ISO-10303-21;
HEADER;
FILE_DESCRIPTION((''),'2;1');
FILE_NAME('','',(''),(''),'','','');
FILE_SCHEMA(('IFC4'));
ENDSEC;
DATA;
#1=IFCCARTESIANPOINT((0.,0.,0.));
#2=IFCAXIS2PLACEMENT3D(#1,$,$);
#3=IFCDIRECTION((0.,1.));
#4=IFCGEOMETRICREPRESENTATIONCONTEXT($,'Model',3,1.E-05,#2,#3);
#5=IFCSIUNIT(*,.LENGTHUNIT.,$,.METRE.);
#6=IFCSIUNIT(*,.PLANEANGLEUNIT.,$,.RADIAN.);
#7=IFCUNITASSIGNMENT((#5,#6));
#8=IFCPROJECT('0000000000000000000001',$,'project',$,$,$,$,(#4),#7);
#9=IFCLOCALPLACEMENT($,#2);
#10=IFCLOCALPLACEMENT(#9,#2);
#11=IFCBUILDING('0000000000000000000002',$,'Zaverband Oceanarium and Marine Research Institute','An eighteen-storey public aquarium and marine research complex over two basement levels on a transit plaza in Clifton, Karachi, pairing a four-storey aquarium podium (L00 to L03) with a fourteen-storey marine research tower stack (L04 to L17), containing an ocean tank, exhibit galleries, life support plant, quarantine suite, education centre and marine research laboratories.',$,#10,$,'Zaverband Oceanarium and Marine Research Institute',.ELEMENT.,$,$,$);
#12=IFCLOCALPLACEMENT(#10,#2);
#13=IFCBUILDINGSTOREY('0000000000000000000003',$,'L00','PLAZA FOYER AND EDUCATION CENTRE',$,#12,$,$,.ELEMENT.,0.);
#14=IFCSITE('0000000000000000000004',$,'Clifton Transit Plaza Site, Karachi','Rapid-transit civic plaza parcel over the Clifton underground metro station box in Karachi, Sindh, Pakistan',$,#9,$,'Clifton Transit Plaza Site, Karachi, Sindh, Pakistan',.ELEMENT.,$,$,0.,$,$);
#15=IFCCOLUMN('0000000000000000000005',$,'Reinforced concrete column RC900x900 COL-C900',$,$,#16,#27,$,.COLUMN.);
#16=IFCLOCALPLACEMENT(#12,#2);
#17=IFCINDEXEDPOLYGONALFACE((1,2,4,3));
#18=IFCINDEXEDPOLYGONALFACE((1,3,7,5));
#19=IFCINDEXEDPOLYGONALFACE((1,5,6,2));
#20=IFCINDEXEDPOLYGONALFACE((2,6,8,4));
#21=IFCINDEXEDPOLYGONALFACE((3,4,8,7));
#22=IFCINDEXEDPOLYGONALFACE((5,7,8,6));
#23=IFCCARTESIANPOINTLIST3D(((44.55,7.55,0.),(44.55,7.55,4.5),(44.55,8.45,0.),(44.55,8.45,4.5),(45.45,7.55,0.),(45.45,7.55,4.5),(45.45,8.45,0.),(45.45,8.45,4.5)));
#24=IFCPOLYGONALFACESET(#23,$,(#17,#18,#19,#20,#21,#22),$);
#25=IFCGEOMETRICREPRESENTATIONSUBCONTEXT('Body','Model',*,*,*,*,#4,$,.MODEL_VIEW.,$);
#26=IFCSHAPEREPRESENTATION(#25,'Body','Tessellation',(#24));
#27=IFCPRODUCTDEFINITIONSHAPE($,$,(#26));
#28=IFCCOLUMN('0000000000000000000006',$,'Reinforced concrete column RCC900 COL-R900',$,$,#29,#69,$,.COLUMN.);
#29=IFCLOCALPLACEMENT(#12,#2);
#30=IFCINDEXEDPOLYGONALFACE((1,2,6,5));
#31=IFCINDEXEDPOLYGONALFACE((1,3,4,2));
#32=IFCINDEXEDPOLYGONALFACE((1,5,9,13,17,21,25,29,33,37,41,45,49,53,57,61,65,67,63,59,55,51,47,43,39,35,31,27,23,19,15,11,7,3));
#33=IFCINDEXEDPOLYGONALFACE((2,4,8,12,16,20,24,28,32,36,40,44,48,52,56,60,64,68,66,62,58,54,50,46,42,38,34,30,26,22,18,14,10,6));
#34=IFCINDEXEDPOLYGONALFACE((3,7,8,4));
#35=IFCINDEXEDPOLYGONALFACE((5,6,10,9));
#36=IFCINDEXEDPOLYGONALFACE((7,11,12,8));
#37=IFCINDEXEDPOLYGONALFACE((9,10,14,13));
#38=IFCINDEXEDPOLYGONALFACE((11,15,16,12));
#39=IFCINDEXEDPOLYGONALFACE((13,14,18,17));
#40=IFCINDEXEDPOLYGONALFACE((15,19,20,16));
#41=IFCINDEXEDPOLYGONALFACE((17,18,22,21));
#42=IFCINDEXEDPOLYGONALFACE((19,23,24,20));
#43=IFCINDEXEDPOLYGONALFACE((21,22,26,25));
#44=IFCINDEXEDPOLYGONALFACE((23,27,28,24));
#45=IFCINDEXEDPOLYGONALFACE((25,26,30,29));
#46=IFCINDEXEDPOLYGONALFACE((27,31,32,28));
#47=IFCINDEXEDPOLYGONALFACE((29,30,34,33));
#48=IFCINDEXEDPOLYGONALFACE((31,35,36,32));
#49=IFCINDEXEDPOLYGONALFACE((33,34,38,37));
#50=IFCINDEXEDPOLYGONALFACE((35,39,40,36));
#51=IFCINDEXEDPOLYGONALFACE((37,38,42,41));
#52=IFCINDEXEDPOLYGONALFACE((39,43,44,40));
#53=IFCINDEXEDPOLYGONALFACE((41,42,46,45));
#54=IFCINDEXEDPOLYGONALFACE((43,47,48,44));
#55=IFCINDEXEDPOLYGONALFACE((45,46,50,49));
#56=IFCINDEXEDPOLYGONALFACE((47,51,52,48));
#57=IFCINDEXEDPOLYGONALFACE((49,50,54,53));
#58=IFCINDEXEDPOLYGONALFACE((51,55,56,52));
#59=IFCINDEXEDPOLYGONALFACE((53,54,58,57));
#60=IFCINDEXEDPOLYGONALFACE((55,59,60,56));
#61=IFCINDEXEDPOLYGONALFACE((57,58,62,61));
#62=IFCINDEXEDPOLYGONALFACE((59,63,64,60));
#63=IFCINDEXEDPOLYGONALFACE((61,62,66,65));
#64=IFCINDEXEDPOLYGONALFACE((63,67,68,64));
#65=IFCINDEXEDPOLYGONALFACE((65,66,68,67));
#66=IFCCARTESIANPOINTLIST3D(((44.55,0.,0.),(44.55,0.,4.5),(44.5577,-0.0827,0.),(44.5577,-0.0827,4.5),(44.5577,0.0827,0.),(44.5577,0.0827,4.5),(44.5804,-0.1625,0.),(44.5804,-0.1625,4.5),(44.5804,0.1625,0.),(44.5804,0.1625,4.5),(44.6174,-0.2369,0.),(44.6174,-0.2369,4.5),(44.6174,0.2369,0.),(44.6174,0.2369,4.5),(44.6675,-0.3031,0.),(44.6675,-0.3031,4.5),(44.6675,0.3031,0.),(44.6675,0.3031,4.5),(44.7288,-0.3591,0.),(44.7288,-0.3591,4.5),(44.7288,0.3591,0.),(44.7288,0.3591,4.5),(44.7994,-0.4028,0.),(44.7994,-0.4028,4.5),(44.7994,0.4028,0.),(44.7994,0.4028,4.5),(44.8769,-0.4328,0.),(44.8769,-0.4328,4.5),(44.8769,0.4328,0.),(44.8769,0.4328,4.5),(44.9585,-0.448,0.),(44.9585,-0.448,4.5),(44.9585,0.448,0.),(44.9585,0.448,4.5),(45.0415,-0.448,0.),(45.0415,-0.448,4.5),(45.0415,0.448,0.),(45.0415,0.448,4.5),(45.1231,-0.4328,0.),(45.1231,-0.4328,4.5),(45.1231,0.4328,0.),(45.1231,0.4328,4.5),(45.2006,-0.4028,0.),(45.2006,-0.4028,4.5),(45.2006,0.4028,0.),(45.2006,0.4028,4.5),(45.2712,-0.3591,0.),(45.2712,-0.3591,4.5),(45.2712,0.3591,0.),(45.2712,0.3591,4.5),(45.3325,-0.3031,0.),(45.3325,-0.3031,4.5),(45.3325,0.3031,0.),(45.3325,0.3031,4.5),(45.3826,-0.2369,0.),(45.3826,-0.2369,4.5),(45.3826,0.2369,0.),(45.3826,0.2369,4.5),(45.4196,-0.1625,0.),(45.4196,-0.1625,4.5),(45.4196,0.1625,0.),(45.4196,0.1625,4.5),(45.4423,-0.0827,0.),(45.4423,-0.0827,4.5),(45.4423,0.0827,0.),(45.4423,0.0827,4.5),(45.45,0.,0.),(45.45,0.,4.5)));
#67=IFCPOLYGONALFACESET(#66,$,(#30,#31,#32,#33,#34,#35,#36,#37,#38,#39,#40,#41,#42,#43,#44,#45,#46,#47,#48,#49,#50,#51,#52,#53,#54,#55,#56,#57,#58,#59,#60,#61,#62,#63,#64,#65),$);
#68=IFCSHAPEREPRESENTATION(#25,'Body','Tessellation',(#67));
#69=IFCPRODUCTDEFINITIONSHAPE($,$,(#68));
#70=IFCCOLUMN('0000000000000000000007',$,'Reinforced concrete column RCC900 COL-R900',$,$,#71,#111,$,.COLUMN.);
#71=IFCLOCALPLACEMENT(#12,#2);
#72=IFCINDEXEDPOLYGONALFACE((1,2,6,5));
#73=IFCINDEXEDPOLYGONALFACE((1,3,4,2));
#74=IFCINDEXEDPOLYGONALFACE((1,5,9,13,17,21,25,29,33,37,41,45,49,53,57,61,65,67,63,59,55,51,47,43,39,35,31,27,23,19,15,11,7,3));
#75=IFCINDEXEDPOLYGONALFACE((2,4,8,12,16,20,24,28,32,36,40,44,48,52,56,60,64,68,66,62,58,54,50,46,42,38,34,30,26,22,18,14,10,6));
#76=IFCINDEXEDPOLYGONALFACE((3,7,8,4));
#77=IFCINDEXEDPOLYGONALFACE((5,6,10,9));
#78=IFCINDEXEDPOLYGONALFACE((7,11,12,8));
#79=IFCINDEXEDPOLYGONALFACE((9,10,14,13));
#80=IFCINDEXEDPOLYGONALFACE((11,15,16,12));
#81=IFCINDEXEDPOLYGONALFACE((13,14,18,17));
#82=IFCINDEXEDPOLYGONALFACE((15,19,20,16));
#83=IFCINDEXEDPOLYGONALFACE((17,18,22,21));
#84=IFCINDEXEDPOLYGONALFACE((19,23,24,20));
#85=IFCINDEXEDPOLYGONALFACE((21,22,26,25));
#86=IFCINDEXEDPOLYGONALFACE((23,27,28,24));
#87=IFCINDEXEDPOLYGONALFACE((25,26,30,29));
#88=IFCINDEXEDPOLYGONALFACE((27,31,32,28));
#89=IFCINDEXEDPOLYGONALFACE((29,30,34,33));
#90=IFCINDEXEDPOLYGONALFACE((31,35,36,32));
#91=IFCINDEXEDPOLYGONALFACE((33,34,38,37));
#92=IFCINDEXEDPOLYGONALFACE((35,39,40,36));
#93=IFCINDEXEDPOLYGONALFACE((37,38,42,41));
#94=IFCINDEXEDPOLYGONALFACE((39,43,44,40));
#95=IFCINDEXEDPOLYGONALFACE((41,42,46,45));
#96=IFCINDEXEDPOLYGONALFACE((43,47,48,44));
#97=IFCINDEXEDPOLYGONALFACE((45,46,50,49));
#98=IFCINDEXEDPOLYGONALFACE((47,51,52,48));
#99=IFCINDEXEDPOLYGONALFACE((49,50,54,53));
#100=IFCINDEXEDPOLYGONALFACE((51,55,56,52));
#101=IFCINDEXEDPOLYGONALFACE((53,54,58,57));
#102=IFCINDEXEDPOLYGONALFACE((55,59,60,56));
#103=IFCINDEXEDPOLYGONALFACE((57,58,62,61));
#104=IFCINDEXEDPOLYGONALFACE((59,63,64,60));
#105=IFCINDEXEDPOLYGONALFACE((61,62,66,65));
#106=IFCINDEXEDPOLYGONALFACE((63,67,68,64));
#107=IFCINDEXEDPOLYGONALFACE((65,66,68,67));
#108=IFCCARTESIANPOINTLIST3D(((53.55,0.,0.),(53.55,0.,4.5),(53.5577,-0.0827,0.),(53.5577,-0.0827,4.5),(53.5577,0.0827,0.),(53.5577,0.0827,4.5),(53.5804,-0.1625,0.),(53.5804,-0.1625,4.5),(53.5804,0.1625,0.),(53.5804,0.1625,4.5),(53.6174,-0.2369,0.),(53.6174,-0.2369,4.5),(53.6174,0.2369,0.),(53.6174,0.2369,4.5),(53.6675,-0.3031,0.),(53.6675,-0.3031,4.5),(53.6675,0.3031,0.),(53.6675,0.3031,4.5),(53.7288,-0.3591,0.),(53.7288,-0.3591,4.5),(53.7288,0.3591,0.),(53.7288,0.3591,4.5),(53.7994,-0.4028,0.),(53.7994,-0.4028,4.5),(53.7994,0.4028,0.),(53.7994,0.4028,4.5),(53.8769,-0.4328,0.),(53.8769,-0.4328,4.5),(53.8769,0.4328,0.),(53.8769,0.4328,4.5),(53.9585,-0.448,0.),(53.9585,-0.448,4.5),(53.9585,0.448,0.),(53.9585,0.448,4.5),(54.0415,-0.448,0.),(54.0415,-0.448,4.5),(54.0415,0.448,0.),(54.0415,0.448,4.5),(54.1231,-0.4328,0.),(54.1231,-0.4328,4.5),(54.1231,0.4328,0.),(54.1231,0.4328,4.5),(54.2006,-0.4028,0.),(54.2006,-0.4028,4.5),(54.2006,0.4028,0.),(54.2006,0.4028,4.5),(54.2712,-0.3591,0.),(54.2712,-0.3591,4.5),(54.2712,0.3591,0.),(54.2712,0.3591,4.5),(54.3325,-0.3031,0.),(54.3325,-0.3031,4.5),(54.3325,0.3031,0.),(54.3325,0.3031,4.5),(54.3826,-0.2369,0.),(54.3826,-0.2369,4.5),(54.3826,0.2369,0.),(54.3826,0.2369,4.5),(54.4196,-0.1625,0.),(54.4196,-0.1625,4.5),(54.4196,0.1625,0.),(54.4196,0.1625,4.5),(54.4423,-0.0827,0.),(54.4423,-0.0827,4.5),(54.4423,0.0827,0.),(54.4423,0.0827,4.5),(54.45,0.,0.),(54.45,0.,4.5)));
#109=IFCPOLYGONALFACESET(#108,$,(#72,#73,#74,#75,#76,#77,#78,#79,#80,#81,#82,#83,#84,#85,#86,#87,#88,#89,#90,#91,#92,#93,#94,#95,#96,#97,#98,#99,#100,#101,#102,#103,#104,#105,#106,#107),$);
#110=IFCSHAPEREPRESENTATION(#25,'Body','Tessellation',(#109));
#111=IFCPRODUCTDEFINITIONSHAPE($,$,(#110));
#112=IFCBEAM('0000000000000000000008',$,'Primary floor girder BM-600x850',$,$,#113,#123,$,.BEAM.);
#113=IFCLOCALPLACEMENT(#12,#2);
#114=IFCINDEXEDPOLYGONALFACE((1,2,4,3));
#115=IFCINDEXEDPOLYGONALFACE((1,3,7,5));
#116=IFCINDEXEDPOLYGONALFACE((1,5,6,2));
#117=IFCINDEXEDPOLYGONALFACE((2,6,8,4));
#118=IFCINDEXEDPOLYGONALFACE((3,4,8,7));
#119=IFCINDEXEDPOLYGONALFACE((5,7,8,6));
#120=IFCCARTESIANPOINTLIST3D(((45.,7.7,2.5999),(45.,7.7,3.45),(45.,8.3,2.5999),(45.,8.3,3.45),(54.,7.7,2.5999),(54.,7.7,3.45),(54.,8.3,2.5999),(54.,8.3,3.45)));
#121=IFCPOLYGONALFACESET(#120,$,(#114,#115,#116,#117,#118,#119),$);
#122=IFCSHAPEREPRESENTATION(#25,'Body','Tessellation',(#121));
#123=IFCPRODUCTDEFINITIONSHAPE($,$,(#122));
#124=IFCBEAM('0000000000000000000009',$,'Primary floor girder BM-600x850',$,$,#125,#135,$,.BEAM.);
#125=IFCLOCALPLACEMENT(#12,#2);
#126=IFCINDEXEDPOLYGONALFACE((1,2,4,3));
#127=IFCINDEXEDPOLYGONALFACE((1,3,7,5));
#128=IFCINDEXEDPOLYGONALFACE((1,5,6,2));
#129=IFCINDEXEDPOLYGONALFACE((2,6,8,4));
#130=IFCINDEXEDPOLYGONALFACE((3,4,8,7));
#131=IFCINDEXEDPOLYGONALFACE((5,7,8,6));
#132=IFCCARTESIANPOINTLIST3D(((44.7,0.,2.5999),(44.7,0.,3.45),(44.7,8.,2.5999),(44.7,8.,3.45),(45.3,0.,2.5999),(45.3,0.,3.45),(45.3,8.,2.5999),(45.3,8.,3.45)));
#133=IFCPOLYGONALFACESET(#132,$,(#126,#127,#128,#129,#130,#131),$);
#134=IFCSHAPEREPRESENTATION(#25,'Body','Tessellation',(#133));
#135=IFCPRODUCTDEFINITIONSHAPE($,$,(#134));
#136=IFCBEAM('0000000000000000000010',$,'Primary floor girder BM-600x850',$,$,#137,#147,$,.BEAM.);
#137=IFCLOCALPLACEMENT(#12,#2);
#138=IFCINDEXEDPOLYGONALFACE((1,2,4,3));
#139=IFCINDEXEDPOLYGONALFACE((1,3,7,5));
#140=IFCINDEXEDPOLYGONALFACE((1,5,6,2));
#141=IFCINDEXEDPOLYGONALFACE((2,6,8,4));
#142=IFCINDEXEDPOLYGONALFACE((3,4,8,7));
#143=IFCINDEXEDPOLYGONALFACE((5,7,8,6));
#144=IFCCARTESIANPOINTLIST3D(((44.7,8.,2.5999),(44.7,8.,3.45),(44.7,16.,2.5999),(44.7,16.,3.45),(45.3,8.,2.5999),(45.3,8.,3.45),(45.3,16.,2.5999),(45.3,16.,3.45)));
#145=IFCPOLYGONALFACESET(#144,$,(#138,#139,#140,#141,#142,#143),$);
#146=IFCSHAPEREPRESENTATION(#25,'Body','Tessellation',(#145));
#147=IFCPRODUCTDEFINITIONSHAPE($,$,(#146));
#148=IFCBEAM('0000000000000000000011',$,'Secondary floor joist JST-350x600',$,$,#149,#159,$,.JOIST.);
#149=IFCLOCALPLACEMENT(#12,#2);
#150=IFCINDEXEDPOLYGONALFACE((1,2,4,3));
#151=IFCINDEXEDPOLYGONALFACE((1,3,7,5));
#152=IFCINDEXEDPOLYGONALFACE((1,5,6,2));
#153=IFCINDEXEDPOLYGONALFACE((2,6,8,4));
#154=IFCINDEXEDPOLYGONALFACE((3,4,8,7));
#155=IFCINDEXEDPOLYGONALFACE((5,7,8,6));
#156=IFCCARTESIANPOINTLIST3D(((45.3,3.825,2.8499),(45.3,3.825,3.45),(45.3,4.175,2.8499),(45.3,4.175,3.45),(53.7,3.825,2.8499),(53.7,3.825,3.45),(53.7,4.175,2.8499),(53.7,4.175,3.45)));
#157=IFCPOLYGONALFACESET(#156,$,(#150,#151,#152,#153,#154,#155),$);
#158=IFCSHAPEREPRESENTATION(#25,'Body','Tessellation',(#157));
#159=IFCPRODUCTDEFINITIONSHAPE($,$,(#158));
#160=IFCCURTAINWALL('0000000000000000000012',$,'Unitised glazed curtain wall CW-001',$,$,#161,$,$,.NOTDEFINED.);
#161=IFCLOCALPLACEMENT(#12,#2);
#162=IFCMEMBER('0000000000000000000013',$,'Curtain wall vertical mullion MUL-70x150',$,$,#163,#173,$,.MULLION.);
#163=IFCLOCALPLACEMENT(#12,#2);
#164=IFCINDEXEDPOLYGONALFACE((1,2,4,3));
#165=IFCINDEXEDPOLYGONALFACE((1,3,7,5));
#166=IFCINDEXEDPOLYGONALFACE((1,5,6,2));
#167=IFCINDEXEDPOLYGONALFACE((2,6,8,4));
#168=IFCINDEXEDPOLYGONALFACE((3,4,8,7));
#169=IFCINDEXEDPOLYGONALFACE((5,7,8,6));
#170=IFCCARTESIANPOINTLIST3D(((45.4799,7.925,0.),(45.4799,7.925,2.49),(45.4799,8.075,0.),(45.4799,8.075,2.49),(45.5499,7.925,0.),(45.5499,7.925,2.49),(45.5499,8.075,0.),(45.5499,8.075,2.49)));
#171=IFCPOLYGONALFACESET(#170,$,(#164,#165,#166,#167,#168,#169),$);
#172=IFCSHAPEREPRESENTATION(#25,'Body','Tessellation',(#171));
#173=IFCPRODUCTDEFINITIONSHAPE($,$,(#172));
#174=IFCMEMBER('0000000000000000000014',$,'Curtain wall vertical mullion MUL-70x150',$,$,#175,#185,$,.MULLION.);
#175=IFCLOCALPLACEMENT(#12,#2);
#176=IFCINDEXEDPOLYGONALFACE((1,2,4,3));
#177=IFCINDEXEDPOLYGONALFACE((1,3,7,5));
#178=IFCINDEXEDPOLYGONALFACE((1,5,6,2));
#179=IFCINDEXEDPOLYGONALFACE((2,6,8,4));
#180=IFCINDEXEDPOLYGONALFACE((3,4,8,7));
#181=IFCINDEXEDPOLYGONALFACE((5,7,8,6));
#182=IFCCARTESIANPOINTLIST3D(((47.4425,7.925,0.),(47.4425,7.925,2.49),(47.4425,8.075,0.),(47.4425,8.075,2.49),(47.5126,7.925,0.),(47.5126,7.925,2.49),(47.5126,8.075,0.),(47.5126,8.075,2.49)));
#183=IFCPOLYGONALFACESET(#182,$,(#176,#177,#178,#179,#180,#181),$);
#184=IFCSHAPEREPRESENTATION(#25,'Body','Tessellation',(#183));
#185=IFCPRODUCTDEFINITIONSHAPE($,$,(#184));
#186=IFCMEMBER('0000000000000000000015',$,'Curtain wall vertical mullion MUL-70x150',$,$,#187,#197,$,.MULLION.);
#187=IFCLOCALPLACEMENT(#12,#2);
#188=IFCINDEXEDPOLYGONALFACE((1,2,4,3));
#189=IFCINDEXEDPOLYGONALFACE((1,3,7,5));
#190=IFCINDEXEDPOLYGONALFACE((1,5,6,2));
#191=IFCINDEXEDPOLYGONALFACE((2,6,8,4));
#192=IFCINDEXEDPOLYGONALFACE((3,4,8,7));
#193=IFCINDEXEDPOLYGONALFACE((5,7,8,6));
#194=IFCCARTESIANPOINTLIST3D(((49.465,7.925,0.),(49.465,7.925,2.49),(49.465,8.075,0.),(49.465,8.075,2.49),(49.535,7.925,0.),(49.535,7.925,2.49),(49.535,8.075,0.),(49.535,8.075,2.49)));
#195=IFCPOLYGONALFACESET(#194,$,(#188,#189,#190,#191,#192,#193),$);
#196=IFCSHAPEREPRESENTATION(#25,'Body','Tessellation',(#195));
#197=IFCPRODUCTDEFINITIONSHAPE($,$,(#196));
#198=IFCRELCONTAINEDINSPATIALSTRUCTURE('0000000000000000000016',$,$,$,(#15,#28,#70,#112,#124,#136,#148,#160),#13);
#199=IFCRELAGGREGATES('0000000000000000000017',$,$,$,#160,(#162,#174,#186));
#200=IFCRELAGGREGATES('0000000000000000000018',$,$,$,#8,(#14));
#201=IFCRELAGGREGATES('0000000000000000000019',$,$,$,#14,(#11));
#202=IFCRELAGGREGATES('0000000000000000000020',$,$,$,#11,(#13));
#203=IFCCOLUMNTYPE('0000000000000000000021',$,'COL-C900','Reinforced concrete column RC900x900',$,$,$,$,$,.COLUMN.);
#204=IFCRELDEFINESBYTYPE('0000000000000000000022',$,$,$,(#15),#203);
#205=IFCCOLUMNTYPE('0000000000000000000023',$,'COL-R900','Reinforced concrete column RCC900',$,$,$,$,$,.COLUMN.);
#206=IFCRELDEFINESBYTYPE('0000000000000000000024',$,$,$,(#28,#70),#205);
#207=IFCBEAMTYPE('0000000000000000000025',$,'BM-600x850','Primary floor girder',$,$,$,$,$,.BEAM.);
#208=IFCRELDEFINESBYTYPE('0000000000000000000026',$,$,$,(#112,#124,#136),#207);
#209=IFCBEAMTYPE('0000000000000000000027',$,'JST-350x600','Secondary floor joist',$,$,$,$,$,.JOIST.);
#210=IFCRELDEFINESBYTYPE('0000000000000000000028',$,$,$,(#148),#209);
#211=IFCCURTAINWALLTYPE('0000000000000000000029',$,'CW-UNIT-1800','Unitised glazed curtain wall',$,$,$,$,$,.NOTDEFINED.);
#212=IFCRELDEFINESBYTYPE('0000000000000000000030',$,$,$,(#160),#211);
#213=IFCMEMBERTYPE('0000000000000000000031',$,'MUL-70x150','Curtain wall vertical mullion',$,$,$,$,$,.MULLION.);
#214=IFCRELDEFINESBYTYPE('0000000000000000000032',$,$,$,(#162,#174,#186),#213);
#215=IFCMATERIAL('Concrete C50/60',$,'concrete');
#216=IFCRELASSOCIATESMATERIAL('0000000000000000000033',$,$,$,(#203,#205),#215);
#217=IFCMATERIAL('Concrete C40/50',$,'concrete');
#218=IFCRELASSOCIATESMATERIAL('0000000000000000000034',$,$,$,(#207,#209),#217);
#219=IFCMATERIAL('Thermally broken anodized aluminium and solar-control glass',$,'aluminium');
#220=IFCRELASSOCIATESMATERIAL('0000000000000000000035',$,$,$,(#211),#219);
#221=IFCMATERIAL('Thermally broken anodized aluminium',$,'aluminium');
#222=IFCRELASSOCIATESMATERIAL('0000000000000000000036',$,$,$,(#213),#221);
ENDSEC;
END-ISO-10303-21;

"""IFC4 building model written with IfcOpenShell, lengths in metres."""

from ifc_helpers import new_model, si_unit, direction, frame, origin, origin_2d, place, context, subcontext, project, spatial, rectangle, circle, extrude, material, material_profile, profile_set, type_object, element, aggregate, save


model = new_model("IFC4")

# Units and contexts
model_context = context("Model", 3, precision=1e-05, world=origin(), true_north=direction((0.0, 1.0)))
body_context = subcontext(model_context, "Body", "Model", "MODEL_VIEW")
ifc_project = project(units=[si_unit("LENGTHUNIT", "METRE"), si_unit("PLANEANGLEUNIT", "RADIAN")], contexts=[model_context])

# Site, building, storey
site_placement = place(None, origin())
site = spatial("IfcSite", under=ifc_project, at=site_placement, Name="Clifton Transit Plaza Site, Karachi", Description="Rapid-transit civic plaza parcel over the Clifton underground metro station box in Karachi, Sindh, Pakistan", LongName="Clifton Transit Plaza Site, Karachi, Sindh, Pakistan", CompositionType="ELEMENT", RefElevation=0.0)
building_placement = place(site_placement, origin())
building = spatial("IfcBuilding", under=site, at=building_placement, Name="Zaverband Oceanarium and Marine Research Institute", Description="An eighteen-storey public aquarium and marine research complex over two basement levels on a transit plaza in Clifton, Karachi, pairing a four-storey aquarium podium (L00 to L03) with a fourteen-storey marine research tower stack (L04 to L17), containing an ocean tank, exhibit galleries, life support plant, quarantine suite, education centre and marine research laboratories.", LongName="Zaverband Oceanarium and Marine Research Institute", CompositionType="ELEMENT")
storey_placement = place(building_placement, origin())
storey = spatial("IfcBuildingStorey", under=building, at=storey_placement, Name="L00", Description="PLAZA FOYER AND EDUCATION CENTRE", CompositionType="ELEMENT", Elevation=0.0)

# Columns
ifc_material_1 = material(Name="Concrete C50/60", Category="concrete")
ifc_material_profile_1 = material_profile(ifc_material_1, rectangle(XDim=0.8999, YDim=0.8999, at=origin_2d()), Name="RC900x900")
ifc_profile_set_1 = profile_set([ifc_material_profile_1], Name="Concrete C50/60")
column_type_1 = type_object("IfcColumnType", Name="COL-C900", Description="Reinforced concrete column RC900x900", PredefinedType="COLUMN", material=ifc_profile_set_1)
column_placement = place(storey_placement, frame((45.0, 8.0, 0.0), z_axis=(0.0, 0.0, 1.0), x_axis=(1.0, 0.0, 0.0)))
element("IfcColumn", 1, at=column_placement, inside=storey, type_object=column_type_1, Name="Reinforced concrete column RC900x900 COL-C900", PredefinedType="COLUMN", context=body_context, shape_type="SweptSolid", body=[
    extrude(rectangle(XDim=0.8999, YDim=0.8999, at=origin_2d()), origin(), (0.0, 0.0, 1.0), 4.5),
])
ifc_material_profile_2 = material_profile(ifc_material_1, circle(Radius=0.45, at=origin_2d()), Name="RCC900")
ifc_profile_set_2 = profile_set([ifc_material_profile_2], Name="Concrete C50/60")
column_type_2 = type_object("IfcColumnType", Name="COL-R900", Description="Reinforced concrete column RCC900", PredefinedType="COLUMN", material=ifc_profile_set_2)
for number, where, z_axis, x_axis, name in (
    (2, (45.0, 0.0, 0.0), (0.0, 0.0, 1.0), (1.0, 0.0, 0.0), "Reinforced concrete column RCC900 COL-R900"),
    (3, (54.0, 0.0, 0.0), (0.0, 0.0, 1.0), (1.0, 0.0, 0.0), "Reinforced concrete column RCC900 COL-R900"),
):
    element("IfcColumn", number, at=place(storey_placement, frame(where, z_axis=z_axis, x_axis=x_axis)), inside=storey, type_object=column_type_2, Name=name, PredefinedType="COLUMN", context=body_context, shape_type="SweptSolid", body=[
        extrude(circle(Radius=0.45, at=origin_2d()), origin(), (0.0, 0.0, 1.0), 4.5),
    ])

# Beams
ifc_material_2 = material(Name="Concrete C40/50", Category="concrete")
ifc_material_profile_3 = material_profile(ifc_material_2, rectangle(XDim=0.6001, YDim=0.8501, at=origin_2d()), Name="RC600x850")
ifc_profile_set_3 = profile_set([ifc_material_profile_3], Name="Concrete C40/50")
beam_type_1 = type_object("IfcBeamType", Name="BM-600x850", Description="Primary floor girder", PredefinedType="BEAM", material=ifc_profile_set_3)
beam_1_placement = place(storey_placement, frame((45.0, 8.0, 3.0249), z_axis=(1.0, 0.0, 0.0), x_axis=(0.0, 1.0, 0.0)))
element("IfcBeam", 4, at=beam_1_placement, inside=storey, type_object=beam_type_1, Name="Primary floor girder BM-600x850", PredefinedType="BEAM", context=body_context, shape_type="SweptSolid", body=[
    extrude(rectangle(XDim=0.6001, YDim=0.8501, at=origin_2d()), origin(), (0.0, 0.0, 1.0), 9.0),
])
for number, where, z_axis, x_axis, name in (
    (5, (45.0, 0.0, 3.0249), (0.0, 1.0, 0.0), (-1.0, 0.0, 0.0), "Primary floor girder BM-600x850"),
    (6, (45.0, 8.0, 3.0249), (0.0, 1.0, 0.0), (-1.0, 0.0, 0.0), "Primary floor girder BM-600x850"),
):
    element("IfcBeam", number, at=place(storey_placement, frame(where, z_axis=z_axis, x_axis=x_axis)), inside=storey, type_object=beam_type_1, Name=name, PredefinedType="BEAM", context=body_context, shape_type="SweptSolid", body=[
        extrude(rectangle(XDim=0.6001, YDim=0.8501, at=origin_2d()), origin(), (0.0, 0.0, 1.0), 8.0),
    ])
ifc_material_profile_4 = material_profile(ifc_material_2, rectangle(XDim=0.3501, YDim=0.6001, at=origin_2d()), Name="RC350x600")
ifc_profile_set_4 = profile_set([ifc_material_profile_4], Name="Concrete C40/50")
beam_type_2 = type_object("IfcBeamType", Name="JST-350x600", Description="Secondary floor joist", PredefinedType="JOIST", material=ifc_profile_set_4)
beam_2_placement = place(storey_placement, frame((45.3, 4.0, 3.1499), z_axis=(1.0, 0.0, 0.0), x_axis=(0.0, 1.0, 0.0)))
element("IfcBeam", 7, at=beam_2_placement, inside=storey, type_object=beam_type_2, Name="Secondary floor joist JST-350x600", PredefinedType="JOIST", context=body_context, shape_type="SweptSolid", body=[
    extrude(rectangle(XDim=0.3501, YDim=0.6001, at=origin_2d()), origin(), (0.0, 0.0, 1.0), 8.3999),
])

# Curtain wall, members
ifc_material_3 = material(Name="Thermally broken anodized aluminium and solar-control glass", Category="aluminium")
curtain_wall_type = type_object("IfcCurtainWallType", Name="CW-UNIT-1800", Description="Unitised glazed curtain wall", PredefinedType="NOTDEFINED", material=ifc_material_3)
curtain_wall_placement = place(storey_placement, origin())
curtain_wall = element("IfcCurtainWall", 8, at=curtain_wall_placement, inside=storey, type_object=curtain_wall_type, Name="Unitised glazed curtain wall CW-001", PredefinedType="NOTDEFINED")
ifc_material_4 = material(Name="Thermally broken anodized aluminium", Category="aluminium")
ifc_material_profile_5 = material_profile(ifc_material_4, rectangle(XDim=0.0701, YDim=0.1499, at=origin_2d()), Name="AL-MUL-70x150")
ifc_profile_set_5 = profile_set([ifc_material_profile_5], Name="Thermally broken anodized aluminium")
member_type_1 = type_object("IfcMemberType", Name="MUL-70x150", Description="Curtain wall vertical mullion", PredefinedType="MULLION", material=ifc_profile_set_5)
member_1_placement = place(storey_placement, frame((45.5149, 8.0, 0.0), z_axis=(0.0, 0.0, 1.0), x_axis=(1.0, 0.0, 0.0)))
member_1 = element("IfcMember", 9, at=member_1_placement, type_object=member_type_1, Name="Curtain wall vertical mullion MUL-70x150", PredefinedType="MULLION", context=body_context, shape_type="SweptSolid", body=[
    extrude(rectangle(XDim=0.0701, YDim=0.1499, at=origin_2d()), origin(), (0.0, 0.0, 1.0), 2.49),
])
member_2_placement = place(storey_placement, frame((47.4775, 8.0, 0.0), z_axis=(0.0, 0.0, 1.0), x_axis=(1.0, 0.0, 0.0)))
member_2 = element("IfcMember", 10, at=member_2_placement, type_object=member_type_1, Name="Curtain wall vertical mullion MUL-70x150", PredefinedType="MULLION", context=body_context, shape_type="SweptSolid", body=[
    extrude(rectangle(XDim=0.0701, YDim=0.1499, at=origin_2d()), origin(), (0.0, 0.0, 1.0), 2.49),
])
member_3_placement = place(storey_placement, frame((49.5, 8.0, 0.0), z_axis=(0.0, 0.0, 1.0), x_axis=(1.0, 0.0, 0.0)))
member_3 = element("IfcMember", 11, at=member_3_placement, type_object=member_type_1, Name="Curtain wall vertical mullion MUL-70x150", PredefinedType="MULLION", context=body_context, shape_type="SweptSolid", body=[
    extrude(rectangle(XDim=0.0701, YDim=0.1499, at=origin_2d()), origin(), (0.0, 0.0, 1.0), 2.49),
])

aggregate(curtain_wall, [member_1, member_2, member_3])

save(model, "model.ifc")
